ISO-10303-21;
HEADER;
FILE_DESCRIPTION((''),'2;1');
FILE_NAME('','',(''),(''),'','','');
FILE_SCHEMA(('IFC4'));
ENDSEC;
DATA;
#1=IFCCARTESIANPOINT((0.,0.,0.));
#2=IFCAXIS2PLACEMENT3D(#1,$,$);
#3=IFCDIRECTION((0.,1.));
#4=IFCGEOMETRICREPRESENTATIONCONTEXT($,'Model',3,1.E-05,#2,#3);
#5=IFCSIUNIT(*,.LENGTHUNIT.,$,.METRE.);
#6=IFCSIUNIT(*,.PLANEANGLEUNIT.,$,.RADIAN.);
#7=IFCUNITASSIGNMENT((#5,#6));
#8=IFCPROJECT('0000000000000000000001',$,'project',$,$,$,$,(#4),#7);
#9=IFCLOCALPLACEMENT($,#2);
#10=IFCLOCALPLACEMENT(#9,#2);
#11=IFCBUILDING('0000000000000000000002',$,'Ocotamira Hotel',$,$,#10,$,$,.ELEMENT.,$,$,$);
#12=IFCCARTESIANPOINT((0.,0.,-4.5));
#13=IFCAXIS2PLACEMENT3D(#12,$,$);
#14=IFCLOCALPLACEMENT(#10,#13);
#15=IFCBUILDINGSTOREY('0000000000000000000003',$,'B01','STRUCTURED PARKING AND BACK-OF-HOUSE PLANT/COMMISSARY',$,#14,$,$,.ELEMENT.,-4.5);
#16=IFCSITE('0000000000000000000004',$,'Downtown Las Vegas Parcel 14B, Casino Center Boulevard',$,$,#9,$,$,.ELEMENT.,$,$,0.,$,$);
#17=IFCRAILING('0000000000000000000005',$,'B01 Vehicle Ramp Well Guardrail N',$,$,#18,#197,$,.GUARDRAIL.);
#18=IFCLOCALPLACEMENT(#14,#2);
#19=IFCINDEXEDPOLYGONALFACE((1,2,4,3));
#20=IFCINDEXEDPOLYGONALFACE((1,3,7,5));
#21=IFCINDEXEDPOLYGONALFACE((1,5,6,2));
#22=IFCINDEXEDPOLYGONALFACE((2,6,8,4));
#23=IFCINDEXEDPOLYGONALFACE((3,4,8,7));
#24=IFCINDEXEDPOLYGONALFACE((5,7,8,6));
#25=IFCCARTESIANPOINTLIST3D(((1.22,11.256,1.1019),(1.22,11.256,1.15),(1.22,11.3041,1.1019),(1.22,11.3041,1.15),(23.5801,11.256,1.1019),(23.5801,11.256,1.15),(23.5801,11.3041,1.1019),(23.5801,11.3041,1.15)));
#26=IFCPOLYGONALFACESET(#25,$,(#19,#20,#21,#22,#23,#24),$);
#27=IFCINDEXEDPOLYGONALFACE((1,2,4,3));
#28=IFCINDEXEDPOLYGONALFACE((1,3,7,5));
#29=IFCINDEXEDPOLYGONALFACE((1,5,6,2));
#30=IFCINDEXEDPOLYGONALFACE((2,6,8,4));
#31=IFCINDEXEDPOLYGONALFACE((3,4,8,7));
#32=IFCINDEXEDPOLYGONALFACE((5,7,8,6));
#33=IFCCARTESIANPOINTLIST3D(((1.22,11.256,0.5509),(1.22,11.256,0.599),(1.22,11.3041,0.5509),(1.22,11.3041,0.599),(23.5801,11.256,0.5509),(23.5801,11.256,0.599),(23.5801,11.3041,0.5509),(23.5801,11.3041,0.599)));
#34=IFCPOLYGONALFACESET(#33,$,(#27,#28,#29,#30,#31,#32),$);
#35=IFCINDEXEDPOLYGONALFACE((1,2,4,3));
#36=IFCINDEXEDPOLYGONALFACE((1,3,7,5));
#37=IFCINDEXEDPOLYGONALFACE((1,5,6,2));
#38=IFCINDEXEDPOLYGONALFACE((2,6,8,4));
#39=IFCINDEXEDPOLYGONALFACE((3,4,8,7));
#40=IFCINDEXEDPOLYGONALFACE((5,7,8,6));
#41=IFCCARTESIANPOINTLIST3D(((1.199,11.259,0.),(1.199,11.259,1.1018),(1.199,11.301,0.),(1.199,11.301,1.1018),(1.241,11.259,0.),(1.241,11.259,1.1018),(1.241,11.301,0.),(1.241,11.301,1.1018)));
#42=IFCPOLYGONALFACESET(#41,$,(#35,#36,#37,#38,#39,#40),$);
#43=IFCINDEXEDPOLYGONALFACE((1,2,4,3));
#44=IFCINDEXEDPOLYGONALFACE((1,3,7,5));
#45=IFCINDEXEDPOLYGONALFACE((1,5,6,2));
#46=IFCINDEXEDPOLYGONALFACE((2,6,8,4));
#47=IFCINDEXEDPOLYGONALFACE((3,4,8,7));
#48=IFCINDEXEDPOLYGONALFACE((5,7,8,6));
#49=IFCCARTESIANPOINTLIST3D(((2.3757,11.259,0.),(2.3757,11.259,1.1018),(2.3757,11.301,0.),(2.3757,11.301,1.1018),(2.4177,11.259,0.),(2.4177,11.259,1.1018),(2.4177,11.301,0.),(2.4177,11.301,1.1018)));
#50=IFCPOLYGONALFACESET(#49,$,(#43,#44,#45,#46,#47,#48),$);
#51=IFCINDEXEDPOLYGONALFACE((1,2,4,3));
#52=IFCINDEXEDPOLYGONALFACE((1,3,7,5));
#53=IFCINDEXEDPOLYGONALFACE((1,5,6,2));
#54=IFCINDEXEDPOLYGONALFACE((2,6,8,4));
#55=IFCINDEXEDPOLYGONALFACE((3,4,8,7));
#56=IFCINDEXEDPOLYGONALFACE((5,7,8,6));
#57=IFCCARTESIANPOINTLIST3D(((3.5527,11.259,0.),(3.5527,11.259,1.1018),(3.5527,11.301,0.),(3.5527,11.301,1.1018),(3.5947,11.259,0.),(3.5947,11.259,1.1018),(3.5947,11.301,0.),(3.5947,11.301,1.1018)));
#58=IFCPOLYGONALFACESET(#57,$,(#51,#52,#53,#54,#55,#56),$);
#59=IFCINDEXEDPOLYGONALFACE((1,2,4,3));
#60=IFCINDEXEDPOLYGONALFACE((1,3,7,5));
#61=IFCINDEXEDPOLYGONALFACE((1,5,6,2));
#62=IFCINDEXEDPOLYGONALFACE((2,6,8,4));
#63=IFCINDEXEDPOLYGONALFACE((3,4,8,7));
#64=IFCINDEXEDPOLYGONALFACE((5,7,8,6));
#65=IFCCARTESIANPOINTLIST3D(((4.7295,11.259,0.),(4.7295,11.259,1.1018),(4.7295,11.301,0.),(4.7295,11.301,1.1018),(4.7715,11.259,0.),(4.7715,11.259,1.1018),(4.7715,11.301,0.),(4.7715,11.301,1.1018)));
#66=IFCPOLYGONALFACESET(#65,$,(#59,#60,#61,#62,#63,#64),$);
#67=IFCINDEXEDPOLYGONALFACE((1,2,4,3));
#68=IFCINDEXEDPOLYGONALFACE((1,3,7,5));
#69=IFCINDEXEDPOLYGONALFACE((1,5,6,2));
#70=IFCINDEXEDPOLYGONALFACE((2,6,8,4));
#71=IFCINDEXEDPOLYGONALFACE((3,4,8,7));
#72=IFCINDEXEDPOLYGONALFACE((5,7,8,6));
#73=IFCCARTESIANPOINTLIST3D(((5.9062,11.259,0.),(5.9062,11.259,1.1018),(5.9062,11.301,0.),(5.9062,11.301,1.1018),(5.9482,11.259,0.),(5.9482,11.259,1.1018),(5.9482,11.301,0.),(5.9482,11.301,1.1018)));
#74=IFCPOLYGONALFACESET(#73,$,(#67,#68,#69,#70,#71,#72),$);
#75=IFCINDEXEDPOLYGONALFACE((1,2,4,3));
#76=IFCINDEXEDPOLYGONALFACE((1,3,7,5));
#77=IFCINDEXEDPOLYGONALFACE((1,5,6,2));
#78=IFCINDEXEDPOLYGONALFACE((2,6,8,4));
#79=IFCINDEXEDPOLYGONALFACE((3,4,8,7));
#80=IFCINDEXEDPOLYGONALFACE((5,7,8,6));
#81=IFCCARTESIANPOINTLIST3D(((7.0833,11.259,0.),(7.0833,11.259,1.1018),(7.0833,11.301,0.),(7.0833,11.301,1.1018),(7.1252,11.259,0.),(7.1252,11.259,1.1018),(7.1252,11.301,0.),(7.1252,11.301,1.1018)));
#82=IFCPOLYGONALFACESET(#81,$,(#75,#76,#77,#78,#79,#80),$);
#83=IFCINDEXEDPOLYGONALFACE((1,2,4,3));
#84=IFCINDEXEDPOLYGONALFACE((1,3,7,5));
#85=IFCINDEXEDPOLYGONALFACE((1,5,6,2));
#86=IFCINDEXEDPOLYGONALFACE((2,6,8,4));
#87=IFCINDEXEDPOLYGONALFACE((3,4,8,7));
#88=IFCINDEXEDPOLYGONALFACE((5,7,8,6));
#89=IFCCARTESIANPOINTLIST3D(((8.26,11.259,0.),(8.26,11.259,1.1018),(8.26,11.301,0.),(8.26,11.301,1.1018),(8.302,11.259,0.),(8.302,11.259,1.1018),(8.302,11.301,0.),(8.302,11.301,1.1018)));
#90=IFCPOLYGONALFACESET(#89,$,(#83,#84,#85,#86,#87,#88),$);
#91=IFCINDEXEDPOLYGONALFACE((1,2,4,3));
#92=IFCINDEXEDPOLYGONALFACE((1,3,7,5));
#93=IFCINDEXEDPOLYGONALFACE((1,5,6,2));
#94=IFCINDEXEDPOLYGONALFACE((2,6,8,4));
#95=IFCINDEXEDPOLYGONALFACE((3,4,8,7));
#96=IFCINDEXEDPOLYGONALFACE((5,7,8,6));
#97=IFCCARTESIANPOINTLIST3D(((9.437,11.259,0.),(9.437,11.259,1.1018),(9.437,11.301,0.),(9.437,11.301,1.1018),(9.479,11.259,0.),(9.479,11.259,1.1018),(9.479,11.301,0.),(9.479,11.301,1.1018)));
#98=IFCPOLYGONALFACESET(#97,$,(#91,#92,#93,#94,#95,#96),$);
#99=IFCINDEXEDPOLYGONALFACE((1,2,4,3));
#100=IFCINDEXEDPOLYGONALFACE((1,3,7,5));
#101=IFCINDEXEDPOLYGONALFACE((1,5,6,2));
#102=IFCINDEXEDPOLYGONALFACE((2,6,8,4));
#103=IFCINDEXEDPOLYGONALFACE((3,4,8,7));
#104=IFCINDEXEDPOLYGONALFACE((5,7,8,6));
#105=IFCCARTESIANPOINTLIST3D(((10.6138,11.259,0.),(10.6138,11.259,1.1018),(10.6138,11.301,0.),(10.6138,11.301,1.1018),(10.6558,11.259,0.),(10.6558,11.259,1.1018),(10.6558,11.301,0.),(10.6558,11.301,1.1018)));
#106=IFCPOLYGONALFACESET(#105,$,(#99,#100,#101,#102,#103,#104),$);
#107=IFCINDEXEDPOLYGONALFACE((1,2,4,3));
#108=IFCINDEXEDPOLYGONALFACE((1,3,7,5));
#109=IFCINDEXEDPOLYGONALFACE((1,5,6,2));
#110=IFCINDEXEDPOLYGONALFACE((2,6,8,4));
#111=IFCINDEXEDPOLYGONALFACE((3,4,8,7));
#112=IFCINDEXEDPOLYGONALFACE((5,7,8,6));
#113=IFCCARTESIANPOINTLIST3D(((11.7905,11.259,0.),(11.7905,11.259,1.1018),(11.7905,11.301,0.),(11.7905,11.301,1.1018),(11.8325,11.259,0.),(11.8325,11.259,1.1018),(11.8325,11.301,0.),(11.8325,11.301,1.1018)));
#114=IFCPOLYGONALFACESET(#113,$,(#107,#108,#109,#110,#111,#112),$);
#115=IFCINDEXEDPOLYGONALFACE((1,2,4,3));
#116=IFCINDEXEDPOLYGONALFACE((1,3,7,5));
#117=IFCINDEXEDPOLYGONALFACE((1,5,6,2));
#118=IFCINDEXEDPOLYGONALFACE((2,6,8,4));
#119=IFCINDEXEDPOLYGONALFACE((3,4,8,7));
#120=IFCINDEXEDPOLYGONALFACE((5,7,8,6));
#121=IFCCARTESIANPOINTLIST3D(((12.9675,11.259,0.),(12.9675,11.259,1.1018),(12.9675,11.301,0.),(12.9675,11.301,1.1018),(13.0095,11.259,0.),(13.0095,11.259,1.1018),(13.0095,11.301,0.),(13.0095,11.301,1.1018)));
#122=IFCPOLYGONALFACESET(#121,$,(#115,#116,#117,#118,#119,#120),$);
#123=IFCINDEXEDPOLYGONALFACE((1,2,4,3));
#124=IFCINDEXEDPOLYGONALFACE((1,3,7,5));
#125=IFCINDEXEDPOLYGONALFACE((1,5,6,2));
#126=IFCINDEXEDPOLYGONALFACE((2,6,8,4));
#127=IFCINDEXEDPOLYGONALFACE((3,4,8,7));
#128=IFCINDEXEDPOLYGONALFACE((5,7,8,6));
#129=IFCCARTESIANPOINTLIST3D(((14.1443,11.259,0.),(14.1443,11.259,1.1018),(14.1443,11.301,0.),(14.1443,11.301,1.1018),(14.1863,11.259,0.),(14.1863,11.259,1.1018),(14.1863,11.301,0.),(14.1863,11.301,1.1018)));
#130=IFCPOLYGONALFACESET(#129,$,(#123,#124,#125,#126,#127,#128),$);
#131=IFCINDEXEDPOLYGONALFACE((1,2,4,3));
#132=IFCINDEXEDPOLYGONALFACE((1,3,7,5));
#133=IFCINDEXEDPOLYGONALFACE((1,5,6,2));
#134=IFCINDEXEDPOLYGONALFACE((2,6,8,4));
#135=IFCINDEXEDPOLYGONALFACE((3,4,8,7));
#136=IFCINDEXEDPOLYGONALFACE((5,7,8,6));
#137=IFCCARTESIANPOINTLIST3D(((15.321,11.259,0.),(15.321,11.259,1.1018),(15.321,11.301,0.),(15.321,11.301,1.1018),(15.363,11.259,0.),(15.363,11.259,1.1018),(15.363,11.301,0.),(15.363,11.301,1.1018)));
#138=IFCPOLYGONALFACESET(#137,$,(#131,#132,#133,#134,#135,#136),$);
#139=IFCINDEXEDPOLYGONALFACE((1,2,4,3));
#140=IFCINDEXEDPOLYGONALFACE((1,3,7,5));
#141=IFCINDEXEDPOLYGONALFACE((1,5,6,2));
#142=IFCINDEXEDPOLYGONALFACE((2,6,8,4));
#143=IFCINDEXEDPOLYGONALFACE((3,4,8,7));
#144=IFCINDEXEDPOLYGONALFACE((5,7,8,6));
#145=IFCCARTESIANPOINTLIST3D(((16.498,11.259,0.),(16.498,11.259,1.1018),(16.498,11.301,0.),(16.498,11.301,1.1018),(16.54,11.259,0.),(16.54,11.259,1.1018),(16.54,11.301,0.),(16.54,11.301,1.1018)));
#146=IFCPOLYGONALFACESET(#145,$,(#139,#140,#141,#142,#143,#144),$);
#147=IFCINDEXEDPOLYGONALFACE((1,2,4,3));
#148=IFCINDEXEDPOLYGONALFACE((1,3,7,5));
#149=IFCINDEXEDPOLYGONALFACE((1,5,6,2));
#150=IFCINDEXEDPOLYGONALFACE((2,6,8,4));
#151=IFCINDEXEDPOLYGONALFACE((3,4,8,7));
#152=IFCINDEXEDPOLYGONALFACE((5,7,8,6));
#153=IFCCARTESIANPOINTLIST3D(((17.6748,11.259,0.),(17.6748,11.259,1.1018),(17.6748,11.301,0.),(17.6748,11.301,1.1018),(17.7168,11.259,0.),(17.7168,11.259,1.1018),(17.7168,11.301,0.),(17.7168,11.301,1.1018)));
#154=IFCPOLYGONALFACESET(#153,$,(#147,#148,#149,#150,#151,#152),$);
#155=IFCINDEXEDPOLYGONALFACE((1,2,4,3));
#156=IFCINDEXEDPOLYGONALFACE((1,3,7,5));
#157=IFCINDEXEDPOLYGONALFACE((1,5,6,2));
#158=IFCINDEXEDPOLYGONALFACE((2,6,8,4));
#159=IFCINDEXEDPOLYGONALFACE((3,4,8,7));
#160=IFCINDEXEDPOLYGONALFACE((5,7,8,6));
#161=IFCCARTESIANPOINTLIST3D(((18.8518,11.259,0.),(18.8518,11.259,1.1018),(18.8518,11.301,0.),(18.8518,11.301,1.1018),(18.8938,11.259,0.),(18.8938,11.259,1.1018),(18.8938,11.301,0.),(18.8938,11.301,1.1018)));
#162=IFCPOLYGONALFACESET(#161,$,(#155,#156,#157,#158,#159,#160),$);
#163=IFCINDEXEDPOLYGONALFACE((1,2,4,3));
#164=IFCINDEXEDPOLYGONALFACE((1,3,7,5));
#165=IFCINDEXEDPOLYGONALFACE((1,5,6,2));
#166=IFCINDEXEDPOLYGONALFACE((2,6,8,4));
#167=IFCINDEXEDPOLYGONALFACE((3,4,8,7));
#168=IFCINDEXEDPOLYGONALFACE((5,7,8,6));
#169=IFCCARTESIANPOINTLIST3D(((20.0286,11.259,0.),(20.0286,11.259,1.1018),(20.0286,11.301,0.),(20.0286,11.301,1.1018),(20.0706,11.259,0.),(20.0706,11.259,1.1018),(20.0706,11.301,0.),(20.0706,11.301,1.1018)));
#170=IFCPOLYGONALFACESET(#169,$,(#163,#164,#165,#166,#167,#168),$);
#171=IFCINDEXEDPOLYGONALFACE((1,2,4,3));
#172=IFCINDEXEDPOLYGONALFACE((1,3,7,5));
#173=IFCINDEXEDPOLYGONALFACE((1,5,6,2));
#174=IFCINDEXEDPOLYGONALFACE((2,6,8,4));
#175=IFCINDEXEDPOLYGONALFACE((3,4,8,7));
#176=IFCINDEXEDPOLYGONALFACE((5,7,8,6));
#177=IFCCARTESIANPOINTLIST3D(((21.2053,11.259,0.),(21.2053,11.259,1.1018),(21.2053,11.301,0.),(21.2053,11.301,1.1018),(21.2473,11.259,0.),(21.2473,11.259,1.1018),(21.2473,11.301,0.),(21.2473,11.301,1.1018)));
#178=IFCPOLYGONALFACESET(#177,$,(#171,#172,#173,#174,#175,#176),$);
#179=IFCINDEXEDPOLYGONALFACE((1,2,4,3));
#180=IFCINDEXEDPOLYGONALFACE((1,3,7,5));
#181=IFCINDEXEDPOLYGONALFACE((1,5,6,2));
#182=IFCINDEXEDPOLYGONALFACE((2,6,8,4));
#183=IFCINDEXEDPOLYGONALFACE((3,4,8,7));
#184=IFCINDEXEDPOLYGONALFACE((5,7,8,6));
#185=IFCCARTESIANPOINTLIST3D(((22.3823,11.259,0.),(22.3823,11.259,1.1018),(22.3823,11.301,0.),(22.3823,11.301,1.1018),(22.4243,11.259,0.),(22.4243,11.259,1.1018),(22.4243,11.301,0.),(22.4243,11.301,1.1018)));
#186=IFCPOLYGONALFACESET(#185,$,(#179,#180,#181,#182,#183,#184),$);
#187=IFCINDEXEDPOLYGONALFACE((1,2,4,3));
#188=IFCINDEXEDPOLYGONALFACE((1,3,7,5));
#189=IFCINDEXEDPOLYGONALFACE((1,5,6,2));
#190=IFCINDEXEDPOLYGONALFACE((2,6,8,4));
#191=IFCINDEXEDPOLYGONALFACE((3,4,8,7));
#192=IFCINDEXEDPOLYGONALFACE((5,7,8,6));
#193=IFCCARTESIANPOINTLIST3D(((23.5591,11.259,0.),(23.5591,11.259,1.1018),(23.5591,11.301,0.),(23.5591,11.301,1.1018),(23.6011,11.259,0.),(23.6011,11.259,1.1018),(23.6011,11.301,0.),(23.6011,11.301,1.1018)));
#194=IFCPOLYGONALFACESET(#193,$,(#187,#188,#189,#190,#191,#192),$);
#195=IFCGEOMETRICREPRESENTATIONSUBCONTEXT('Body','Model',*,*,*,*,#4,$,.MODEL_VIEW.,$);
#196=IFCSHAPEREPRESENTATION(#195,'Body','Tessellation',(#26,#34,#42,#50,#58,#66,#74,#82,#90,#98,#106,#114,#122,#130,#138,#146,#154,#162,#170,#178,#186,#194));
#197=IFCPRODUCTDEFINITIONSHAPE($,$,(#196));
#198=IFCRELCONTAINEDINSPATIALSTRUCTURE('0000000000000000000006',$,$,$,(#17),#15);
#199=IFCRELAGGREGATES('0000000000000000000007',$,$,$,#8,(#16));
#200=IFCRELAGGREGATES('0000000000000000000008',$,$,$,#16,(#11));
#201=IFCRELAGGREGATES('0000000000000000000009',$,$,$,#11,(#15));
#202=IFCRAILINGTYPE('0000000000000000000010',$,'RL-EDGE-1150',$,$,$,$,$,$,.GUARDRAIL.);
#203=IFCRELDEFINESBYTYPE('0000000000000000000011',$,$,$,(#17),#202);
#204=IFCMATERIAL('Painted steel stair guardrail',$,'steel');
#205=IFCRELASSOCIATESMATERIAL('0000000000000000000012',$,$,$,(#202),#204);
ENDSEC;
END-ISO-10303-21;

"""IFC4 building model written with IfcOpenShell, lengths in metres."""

from ifc_helpers import new_model, si_unit, direction, frame, origin, origin_2d, place, context, subcontext, project, spatial, rectangle, extrude, material, type_object, element, save


model = new_model("IFC4")

# Units and contexts
model_context = context("Model", 3, precision=1e-05, world=origin(), true_north=direction((0.0, 1.0)))
body_context = subcontext(model_context, "Body", "Model", "MODEL_VIEW")
ifc_project = project(units=[si_unit("LENGTHUNIT", "METRE"), si_unit("PLANEANGLEUNIT", "RADIAN")], contexts=[model_context])

# Site, building, storey
site_placement = place(None, origin())
site = spatial("IfcSite", under=ifc_project, at=site_placement, Name="Downtown Las Vegas Parcel 14B, Casino Center Boulevard", CompositionType="ELEMENT", RefElevation=0.0)
building_placement = place(site_placement, origin())
building = spatial("IfcBuilding", under=site, at=building_placement, Name="Ocotamira Hotel", CompositionType="ELEMENT")
storey_placement = place(building_placement, frame((0.0, 0.0, -4.5)))
storey = spatial("IfcBuildingStorey", under=building, at=storey_placement, Name="B01", Description="STRUCTURED PARKING AND BACK-OF-HOUSE PLANT/COMMISSARY", CompositionType="ELEMENT", Elevation=-4.5)

# Railing
ifc_material_1 = material(Name="Painted steel stair guardrail", Category="steel")
railing_type = type_object("IfcRailingType", Name="RL-EDGE-1150", PredefinedType="GUARDRAIL", material=ifc_material_1)
railing_1_placement = place(storey_placement, frame((1.22, 11.28, 0.0)))
element("IfcRailing", 1, at=railing_1_placement, inside=storey, type_object=railing_type, Name="B01 Vehicle Ramp Well Guardrail N", PredefinedType="GUARDRAIL", context=body_context, shape_type="SweptSolid", body=[
    extrude(rectangle(XDim=0.0481, YDim=0.0481, at=origin_2d()), frame((0.0, 0.0, 1.126), z_axis=(1.0, 0.0, 0.0), x_axis=(0.0, 1.0, 0.0)), (0.0, 0.0, 1.0), 22.3601),
    extrude(rectangle(XDim=0.0481, YDim=0.0481, at=origin_2d()), frame((0.0, 0.0, 0.575), z_axis=(1.0, 0.0, 0.0), x_axis=(0.0, 1.0, 0.0)), (0.0, 0.0, 1.0), 22.3601),
    extrude(rectangle(XDim=0.042, YDim=0.042, at=origin_2d()), origin(), (0.0, 0.0, 1.0), 1.1018),
    extrude(rectangle(XDim=0.042, YDim=0.042, at=origin_2d()), frame((1.1768, 0.0, 0.0)), (0.0, 0.0, 1.0), 1.1018),
    extrude(rectangle(XDim=0.042, YDim=0.042, at=origin_2d()), frame((2.3538, 0.0, 0.0)), (0.0, 0.0, 1.0), 1.1018),
    extrude(rectangle(XDim=0.042, YDim=0.042, at=origin_2d()), frame((3.5305, 0.0, 0.0)), (0.0, 0.0, 1.0), 1.1018),
    extrude(rectangle(XDim=0.042, YDim=0.042, at=origin_2d()), frame((4.7073, 0.0, 0.0)), (0.0, 0.0, 1.0), 1.1018),
    extrude(rectangle(XDim=0.042, YDim=0.042, at=origin_2d()), frame((5.8843, 0.0, 0.0)), (0.0, 0.0, 1.0), 1.1018),
    extrude(rectangle(XDim=0.042, YDim=0.042, at=origin_2d()), frame((7.061, 0.0, 0.0)), (0.0, 0.0, 1.0), 1.1018),
    extrude(rectangle(XDim=0.042, YDim=0.042, at=origin_2d()), frame((8.238, 0.0, 0.0)), (0.0, 0.0, 1.0), 1.1018),
    extrude(rectangle(XDim=0.042, YDim=0.042, at=origin_2d()), frame((9.4148, 0.0, 0.0)), (0.0, 0.0, 1.0), 1.1018),
    extrude(rectangle(XDim=0.042, YDim=0.042, at=origin_2d()), frame((10.5916, 0.0, 0.0)), (0.0, 0.0, 1.0), 1.1018),
    extrude(rectangle(XDim=0.042, YDim=0.042, at=origin_2d()), frame((11.7686, 0.0, 0.0)), (0.0, 0.0, 1.0), 1.1018),
    extrude(rectangle(XDim=0.042, YDim=0.042, at=origin_2d()), frame((12.9453, 0.0, 0.0)), (0.0, 0.0, 1.0), 1.1018),
    extrude(rectangle(XDim=0.042, YDim=0.042, at=origin_2d()), frame((14.1221, 0.0, 0.0)), (0.0, 0.0, 1.0), 1.1018),
    extrude(rectangle(XDim=0.042, YDim=0.042, at=origin_2d()), frame((15.2991, 0.0, 0.0)), (0.0, 0.0, 1.0), 1.1018),
    extrude(rectangle(XDim=0.042, YDim=0.042, at=origin_2d()), frame((16.4758, 0.0, 0.0)), (0.0, 0.0, 1.0), 1.1018),
    extrude(rectangle(XDim=0.042, YDim=0.042, at=origin_2d()), frame((17.6528, 0.0, 0.0)), (0.0, 0.0, 1.0), 1.1018),
    extrude(rectangle(XDim=0.042, YDim=0.042, at=origin_2d()), frame((18.8296, 0.0, 0.0)), (0.0, 0.0, 1.0), 1.1018),
    extrude(rectangle(XDim=0.042, YDim=0.042, at=origin_2d()), frame((20.0063, 0.0, 0.0)), (0.0, 0.0, 1.0), 1.1018),
    extrude(rectangle(XDim=0.042, YDim=0.042, at=origin_2d()), frame((21.1833, 0.0, 0.0)), (0.0, 0.0, 1.0), 1.1018),
    extrude(rectangle(XDim=0.042, YDim=0.042, at=origin_2d()), frame((22.3601, 0.0, 0.0)), (0.0, 0.0, 1.0), 1.1018),
])

save(model, "model.ifc")
